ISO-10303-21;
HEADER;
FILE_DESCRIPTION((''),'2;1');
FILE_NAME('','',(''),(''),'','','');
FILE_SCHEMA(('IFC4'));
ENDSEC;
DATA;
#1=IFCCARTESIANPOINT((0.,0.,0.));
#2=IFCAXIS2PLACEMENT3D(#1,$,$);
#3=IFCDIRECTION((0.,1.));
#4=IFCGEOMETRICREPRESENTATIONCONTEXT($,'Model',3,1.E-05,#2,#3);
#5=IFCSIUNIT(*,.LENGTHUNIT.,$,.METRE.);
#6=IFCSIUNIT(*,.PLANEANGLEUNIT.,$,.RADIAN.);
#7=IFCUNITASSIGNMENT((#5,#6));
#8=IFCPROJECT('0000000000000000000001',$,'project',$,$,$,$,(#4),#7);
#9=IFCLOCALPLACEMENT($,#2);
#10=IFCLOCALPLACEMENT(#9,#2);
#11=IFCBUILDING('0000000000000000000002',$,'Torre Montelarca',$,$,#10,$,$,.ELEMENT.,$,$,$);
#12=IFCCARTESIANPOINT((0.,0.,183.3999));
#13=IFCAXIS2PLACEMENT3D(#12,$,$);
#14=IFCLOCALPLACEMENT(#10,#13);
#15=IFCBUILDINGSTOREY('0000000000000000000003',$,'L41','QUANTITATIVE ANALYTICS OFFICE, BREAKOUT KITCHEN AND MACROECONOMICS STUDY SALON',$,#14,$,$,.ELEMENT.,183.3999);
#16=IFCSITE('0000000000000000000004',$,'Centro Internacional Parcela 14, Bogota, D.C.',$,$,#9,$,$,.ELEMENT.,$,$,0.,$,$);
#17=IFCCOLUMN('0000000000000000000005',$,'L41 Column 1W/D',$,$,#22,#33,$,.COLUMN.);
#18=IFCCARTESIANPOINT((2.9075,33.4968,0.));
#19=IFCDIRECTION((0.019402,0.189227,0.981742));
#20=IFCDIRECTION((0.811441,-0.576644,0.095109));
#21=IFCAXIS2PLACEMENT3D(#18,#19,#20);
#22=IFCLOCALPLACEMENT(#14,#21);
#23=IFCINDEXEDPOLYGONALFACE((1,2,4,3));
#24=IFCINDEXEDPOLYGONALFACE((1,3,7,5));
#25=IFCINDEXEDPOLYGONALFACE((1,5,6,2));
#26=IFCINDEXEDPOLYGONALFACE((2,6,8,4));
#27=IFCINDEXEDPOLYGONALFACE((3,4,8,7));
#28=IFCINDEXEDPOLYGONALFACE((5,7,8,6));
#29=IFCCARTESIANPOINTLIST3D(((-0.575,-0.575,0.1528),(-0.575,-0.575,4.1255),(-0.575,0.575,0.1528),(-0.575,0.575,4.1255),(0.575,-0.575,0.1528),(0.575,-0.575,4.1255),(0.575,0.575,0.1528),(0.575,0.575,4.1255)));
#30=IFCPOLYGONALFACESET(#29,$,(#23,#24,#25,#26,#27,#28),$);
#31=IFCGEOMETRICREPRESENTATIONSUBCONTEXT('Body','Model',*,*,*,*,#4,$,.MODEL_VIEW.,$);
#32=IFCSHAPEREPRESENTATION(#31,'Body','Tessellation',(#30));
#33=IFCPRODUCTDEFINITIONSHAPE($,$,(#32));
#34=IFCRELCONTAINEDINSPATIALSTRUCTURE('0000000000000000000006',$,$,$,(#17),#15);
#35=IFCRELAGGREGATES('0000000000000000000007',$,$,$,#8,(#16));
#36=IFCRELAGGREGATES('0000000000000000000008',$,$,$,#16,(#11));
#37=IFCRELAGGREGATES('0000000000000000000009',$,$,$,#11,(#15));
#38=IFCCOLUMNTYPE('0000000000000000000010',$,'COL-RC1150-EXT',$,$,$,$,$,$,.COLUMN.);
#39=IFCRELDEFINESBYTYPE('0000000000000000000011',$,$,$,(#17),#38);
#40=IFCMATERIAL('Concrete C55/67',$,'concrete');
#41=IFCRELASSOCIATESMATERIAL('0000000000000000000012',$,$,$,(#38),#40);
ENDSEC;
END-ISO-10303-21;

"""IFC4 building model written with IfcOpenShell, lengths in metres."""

from ifc_helpers import new_model, si_unit, direction, frame, origin, origin_2d, place, context, subcontext, project, spatial, rectangle, extrude, clip, halfspace, material, material_profile, profile_set, type_object, element, save


model = new_model("IFC4")

# Units and contexts
model_context = context("Model", 3, precision=1e-05, world=origin(), true_north=direction((0.0, 1.0)))
body_context = subcontext(model_context, "Body", "Model", "MODEL_VIEW")
ifc_project = project(units=[si_unit("LENGTHUNIT", "METRE"), si_unit("PLANEANGLEUNIT", "RADIAN")], contexts=[model_context])

# Site, building, storey
site_placement = place(None, origin())
site = spatial("IfcSite", under=ifc_project, at=site_placement, Name="Centro Internacional Parcela 14, Bogota, D.C.", CompositionType="ELEMENT", RefElevation=0.0)
building_placement = place(site_placement, origin())
building = spatial("IfcBuilding", under=site, at=building_placement, Name="Torre Montelarca", CompositionType="ELEMENT")
storey_placement = place(building_placement, frame((0.0, 0.0, 183.3999)))
storey = spatial("IfcBuildingStorey", under=building, at=storey_placement, Name="L41", Description="QUANTITATIVE ANALYTICS OFFICE, BREAKOUT KITCHEN AND MACROECONOMICS STUDY SALON", CompositionType="ELEMENT", Elevation=183.3999)

# Column
ifc_material_1 = material(Name="Concrete C55/67", Category="concrete")
ifc_material_profile_1 = material_profile(ifc_material_1, rectangle(XDim=1.1499, YDim=1.1499, at=origin_2d()), Name="RC1150X1150", Category="concrete")
ifc_profile_set_1 = profile_set([ifc_material_profile_1], Name="Concrete C55/67")
column_type_1 = type_object("IfcColumnType", Name="COL-RC1150-EXT", PredefinedType="COLUMN", material=ifc_profile_set_1)
column_1_placement = place(storey_placement, frame((2.9075, 33.4968, 0.0), z_axis=(0.019402, 0.189227, 0.981742), x_axis=(0.811441, -0.576644, 0.095109)))
element("IfcColumn", 1, at=column_1_placement, inside=storey, type_object=column_type_1, Name="L41 Column 1W/D", PredefinedType="COLUMN", context=body_context, shape_type="Clipping", body=[
    clip(clip(extrude(rectangle(XDim=1.1499, YDim=1.1499, at=origin_2d()), origin(), (0.0, 0.0, 1.0), 4.2783), halfspace(frame((0.0, 0.0, 0.1528), z_axis=(0.0, 0.0, -1.0), x_axis=(1.0, 0.0, 0.0)), False)), halfspace(frame((0.0, 0.0, 4.1255), z_axis=(0.0, 0.0, 1.0), x_axis=(1.0, 0.0, 0.0)), False)),
])

save(model, "model.ifc")
